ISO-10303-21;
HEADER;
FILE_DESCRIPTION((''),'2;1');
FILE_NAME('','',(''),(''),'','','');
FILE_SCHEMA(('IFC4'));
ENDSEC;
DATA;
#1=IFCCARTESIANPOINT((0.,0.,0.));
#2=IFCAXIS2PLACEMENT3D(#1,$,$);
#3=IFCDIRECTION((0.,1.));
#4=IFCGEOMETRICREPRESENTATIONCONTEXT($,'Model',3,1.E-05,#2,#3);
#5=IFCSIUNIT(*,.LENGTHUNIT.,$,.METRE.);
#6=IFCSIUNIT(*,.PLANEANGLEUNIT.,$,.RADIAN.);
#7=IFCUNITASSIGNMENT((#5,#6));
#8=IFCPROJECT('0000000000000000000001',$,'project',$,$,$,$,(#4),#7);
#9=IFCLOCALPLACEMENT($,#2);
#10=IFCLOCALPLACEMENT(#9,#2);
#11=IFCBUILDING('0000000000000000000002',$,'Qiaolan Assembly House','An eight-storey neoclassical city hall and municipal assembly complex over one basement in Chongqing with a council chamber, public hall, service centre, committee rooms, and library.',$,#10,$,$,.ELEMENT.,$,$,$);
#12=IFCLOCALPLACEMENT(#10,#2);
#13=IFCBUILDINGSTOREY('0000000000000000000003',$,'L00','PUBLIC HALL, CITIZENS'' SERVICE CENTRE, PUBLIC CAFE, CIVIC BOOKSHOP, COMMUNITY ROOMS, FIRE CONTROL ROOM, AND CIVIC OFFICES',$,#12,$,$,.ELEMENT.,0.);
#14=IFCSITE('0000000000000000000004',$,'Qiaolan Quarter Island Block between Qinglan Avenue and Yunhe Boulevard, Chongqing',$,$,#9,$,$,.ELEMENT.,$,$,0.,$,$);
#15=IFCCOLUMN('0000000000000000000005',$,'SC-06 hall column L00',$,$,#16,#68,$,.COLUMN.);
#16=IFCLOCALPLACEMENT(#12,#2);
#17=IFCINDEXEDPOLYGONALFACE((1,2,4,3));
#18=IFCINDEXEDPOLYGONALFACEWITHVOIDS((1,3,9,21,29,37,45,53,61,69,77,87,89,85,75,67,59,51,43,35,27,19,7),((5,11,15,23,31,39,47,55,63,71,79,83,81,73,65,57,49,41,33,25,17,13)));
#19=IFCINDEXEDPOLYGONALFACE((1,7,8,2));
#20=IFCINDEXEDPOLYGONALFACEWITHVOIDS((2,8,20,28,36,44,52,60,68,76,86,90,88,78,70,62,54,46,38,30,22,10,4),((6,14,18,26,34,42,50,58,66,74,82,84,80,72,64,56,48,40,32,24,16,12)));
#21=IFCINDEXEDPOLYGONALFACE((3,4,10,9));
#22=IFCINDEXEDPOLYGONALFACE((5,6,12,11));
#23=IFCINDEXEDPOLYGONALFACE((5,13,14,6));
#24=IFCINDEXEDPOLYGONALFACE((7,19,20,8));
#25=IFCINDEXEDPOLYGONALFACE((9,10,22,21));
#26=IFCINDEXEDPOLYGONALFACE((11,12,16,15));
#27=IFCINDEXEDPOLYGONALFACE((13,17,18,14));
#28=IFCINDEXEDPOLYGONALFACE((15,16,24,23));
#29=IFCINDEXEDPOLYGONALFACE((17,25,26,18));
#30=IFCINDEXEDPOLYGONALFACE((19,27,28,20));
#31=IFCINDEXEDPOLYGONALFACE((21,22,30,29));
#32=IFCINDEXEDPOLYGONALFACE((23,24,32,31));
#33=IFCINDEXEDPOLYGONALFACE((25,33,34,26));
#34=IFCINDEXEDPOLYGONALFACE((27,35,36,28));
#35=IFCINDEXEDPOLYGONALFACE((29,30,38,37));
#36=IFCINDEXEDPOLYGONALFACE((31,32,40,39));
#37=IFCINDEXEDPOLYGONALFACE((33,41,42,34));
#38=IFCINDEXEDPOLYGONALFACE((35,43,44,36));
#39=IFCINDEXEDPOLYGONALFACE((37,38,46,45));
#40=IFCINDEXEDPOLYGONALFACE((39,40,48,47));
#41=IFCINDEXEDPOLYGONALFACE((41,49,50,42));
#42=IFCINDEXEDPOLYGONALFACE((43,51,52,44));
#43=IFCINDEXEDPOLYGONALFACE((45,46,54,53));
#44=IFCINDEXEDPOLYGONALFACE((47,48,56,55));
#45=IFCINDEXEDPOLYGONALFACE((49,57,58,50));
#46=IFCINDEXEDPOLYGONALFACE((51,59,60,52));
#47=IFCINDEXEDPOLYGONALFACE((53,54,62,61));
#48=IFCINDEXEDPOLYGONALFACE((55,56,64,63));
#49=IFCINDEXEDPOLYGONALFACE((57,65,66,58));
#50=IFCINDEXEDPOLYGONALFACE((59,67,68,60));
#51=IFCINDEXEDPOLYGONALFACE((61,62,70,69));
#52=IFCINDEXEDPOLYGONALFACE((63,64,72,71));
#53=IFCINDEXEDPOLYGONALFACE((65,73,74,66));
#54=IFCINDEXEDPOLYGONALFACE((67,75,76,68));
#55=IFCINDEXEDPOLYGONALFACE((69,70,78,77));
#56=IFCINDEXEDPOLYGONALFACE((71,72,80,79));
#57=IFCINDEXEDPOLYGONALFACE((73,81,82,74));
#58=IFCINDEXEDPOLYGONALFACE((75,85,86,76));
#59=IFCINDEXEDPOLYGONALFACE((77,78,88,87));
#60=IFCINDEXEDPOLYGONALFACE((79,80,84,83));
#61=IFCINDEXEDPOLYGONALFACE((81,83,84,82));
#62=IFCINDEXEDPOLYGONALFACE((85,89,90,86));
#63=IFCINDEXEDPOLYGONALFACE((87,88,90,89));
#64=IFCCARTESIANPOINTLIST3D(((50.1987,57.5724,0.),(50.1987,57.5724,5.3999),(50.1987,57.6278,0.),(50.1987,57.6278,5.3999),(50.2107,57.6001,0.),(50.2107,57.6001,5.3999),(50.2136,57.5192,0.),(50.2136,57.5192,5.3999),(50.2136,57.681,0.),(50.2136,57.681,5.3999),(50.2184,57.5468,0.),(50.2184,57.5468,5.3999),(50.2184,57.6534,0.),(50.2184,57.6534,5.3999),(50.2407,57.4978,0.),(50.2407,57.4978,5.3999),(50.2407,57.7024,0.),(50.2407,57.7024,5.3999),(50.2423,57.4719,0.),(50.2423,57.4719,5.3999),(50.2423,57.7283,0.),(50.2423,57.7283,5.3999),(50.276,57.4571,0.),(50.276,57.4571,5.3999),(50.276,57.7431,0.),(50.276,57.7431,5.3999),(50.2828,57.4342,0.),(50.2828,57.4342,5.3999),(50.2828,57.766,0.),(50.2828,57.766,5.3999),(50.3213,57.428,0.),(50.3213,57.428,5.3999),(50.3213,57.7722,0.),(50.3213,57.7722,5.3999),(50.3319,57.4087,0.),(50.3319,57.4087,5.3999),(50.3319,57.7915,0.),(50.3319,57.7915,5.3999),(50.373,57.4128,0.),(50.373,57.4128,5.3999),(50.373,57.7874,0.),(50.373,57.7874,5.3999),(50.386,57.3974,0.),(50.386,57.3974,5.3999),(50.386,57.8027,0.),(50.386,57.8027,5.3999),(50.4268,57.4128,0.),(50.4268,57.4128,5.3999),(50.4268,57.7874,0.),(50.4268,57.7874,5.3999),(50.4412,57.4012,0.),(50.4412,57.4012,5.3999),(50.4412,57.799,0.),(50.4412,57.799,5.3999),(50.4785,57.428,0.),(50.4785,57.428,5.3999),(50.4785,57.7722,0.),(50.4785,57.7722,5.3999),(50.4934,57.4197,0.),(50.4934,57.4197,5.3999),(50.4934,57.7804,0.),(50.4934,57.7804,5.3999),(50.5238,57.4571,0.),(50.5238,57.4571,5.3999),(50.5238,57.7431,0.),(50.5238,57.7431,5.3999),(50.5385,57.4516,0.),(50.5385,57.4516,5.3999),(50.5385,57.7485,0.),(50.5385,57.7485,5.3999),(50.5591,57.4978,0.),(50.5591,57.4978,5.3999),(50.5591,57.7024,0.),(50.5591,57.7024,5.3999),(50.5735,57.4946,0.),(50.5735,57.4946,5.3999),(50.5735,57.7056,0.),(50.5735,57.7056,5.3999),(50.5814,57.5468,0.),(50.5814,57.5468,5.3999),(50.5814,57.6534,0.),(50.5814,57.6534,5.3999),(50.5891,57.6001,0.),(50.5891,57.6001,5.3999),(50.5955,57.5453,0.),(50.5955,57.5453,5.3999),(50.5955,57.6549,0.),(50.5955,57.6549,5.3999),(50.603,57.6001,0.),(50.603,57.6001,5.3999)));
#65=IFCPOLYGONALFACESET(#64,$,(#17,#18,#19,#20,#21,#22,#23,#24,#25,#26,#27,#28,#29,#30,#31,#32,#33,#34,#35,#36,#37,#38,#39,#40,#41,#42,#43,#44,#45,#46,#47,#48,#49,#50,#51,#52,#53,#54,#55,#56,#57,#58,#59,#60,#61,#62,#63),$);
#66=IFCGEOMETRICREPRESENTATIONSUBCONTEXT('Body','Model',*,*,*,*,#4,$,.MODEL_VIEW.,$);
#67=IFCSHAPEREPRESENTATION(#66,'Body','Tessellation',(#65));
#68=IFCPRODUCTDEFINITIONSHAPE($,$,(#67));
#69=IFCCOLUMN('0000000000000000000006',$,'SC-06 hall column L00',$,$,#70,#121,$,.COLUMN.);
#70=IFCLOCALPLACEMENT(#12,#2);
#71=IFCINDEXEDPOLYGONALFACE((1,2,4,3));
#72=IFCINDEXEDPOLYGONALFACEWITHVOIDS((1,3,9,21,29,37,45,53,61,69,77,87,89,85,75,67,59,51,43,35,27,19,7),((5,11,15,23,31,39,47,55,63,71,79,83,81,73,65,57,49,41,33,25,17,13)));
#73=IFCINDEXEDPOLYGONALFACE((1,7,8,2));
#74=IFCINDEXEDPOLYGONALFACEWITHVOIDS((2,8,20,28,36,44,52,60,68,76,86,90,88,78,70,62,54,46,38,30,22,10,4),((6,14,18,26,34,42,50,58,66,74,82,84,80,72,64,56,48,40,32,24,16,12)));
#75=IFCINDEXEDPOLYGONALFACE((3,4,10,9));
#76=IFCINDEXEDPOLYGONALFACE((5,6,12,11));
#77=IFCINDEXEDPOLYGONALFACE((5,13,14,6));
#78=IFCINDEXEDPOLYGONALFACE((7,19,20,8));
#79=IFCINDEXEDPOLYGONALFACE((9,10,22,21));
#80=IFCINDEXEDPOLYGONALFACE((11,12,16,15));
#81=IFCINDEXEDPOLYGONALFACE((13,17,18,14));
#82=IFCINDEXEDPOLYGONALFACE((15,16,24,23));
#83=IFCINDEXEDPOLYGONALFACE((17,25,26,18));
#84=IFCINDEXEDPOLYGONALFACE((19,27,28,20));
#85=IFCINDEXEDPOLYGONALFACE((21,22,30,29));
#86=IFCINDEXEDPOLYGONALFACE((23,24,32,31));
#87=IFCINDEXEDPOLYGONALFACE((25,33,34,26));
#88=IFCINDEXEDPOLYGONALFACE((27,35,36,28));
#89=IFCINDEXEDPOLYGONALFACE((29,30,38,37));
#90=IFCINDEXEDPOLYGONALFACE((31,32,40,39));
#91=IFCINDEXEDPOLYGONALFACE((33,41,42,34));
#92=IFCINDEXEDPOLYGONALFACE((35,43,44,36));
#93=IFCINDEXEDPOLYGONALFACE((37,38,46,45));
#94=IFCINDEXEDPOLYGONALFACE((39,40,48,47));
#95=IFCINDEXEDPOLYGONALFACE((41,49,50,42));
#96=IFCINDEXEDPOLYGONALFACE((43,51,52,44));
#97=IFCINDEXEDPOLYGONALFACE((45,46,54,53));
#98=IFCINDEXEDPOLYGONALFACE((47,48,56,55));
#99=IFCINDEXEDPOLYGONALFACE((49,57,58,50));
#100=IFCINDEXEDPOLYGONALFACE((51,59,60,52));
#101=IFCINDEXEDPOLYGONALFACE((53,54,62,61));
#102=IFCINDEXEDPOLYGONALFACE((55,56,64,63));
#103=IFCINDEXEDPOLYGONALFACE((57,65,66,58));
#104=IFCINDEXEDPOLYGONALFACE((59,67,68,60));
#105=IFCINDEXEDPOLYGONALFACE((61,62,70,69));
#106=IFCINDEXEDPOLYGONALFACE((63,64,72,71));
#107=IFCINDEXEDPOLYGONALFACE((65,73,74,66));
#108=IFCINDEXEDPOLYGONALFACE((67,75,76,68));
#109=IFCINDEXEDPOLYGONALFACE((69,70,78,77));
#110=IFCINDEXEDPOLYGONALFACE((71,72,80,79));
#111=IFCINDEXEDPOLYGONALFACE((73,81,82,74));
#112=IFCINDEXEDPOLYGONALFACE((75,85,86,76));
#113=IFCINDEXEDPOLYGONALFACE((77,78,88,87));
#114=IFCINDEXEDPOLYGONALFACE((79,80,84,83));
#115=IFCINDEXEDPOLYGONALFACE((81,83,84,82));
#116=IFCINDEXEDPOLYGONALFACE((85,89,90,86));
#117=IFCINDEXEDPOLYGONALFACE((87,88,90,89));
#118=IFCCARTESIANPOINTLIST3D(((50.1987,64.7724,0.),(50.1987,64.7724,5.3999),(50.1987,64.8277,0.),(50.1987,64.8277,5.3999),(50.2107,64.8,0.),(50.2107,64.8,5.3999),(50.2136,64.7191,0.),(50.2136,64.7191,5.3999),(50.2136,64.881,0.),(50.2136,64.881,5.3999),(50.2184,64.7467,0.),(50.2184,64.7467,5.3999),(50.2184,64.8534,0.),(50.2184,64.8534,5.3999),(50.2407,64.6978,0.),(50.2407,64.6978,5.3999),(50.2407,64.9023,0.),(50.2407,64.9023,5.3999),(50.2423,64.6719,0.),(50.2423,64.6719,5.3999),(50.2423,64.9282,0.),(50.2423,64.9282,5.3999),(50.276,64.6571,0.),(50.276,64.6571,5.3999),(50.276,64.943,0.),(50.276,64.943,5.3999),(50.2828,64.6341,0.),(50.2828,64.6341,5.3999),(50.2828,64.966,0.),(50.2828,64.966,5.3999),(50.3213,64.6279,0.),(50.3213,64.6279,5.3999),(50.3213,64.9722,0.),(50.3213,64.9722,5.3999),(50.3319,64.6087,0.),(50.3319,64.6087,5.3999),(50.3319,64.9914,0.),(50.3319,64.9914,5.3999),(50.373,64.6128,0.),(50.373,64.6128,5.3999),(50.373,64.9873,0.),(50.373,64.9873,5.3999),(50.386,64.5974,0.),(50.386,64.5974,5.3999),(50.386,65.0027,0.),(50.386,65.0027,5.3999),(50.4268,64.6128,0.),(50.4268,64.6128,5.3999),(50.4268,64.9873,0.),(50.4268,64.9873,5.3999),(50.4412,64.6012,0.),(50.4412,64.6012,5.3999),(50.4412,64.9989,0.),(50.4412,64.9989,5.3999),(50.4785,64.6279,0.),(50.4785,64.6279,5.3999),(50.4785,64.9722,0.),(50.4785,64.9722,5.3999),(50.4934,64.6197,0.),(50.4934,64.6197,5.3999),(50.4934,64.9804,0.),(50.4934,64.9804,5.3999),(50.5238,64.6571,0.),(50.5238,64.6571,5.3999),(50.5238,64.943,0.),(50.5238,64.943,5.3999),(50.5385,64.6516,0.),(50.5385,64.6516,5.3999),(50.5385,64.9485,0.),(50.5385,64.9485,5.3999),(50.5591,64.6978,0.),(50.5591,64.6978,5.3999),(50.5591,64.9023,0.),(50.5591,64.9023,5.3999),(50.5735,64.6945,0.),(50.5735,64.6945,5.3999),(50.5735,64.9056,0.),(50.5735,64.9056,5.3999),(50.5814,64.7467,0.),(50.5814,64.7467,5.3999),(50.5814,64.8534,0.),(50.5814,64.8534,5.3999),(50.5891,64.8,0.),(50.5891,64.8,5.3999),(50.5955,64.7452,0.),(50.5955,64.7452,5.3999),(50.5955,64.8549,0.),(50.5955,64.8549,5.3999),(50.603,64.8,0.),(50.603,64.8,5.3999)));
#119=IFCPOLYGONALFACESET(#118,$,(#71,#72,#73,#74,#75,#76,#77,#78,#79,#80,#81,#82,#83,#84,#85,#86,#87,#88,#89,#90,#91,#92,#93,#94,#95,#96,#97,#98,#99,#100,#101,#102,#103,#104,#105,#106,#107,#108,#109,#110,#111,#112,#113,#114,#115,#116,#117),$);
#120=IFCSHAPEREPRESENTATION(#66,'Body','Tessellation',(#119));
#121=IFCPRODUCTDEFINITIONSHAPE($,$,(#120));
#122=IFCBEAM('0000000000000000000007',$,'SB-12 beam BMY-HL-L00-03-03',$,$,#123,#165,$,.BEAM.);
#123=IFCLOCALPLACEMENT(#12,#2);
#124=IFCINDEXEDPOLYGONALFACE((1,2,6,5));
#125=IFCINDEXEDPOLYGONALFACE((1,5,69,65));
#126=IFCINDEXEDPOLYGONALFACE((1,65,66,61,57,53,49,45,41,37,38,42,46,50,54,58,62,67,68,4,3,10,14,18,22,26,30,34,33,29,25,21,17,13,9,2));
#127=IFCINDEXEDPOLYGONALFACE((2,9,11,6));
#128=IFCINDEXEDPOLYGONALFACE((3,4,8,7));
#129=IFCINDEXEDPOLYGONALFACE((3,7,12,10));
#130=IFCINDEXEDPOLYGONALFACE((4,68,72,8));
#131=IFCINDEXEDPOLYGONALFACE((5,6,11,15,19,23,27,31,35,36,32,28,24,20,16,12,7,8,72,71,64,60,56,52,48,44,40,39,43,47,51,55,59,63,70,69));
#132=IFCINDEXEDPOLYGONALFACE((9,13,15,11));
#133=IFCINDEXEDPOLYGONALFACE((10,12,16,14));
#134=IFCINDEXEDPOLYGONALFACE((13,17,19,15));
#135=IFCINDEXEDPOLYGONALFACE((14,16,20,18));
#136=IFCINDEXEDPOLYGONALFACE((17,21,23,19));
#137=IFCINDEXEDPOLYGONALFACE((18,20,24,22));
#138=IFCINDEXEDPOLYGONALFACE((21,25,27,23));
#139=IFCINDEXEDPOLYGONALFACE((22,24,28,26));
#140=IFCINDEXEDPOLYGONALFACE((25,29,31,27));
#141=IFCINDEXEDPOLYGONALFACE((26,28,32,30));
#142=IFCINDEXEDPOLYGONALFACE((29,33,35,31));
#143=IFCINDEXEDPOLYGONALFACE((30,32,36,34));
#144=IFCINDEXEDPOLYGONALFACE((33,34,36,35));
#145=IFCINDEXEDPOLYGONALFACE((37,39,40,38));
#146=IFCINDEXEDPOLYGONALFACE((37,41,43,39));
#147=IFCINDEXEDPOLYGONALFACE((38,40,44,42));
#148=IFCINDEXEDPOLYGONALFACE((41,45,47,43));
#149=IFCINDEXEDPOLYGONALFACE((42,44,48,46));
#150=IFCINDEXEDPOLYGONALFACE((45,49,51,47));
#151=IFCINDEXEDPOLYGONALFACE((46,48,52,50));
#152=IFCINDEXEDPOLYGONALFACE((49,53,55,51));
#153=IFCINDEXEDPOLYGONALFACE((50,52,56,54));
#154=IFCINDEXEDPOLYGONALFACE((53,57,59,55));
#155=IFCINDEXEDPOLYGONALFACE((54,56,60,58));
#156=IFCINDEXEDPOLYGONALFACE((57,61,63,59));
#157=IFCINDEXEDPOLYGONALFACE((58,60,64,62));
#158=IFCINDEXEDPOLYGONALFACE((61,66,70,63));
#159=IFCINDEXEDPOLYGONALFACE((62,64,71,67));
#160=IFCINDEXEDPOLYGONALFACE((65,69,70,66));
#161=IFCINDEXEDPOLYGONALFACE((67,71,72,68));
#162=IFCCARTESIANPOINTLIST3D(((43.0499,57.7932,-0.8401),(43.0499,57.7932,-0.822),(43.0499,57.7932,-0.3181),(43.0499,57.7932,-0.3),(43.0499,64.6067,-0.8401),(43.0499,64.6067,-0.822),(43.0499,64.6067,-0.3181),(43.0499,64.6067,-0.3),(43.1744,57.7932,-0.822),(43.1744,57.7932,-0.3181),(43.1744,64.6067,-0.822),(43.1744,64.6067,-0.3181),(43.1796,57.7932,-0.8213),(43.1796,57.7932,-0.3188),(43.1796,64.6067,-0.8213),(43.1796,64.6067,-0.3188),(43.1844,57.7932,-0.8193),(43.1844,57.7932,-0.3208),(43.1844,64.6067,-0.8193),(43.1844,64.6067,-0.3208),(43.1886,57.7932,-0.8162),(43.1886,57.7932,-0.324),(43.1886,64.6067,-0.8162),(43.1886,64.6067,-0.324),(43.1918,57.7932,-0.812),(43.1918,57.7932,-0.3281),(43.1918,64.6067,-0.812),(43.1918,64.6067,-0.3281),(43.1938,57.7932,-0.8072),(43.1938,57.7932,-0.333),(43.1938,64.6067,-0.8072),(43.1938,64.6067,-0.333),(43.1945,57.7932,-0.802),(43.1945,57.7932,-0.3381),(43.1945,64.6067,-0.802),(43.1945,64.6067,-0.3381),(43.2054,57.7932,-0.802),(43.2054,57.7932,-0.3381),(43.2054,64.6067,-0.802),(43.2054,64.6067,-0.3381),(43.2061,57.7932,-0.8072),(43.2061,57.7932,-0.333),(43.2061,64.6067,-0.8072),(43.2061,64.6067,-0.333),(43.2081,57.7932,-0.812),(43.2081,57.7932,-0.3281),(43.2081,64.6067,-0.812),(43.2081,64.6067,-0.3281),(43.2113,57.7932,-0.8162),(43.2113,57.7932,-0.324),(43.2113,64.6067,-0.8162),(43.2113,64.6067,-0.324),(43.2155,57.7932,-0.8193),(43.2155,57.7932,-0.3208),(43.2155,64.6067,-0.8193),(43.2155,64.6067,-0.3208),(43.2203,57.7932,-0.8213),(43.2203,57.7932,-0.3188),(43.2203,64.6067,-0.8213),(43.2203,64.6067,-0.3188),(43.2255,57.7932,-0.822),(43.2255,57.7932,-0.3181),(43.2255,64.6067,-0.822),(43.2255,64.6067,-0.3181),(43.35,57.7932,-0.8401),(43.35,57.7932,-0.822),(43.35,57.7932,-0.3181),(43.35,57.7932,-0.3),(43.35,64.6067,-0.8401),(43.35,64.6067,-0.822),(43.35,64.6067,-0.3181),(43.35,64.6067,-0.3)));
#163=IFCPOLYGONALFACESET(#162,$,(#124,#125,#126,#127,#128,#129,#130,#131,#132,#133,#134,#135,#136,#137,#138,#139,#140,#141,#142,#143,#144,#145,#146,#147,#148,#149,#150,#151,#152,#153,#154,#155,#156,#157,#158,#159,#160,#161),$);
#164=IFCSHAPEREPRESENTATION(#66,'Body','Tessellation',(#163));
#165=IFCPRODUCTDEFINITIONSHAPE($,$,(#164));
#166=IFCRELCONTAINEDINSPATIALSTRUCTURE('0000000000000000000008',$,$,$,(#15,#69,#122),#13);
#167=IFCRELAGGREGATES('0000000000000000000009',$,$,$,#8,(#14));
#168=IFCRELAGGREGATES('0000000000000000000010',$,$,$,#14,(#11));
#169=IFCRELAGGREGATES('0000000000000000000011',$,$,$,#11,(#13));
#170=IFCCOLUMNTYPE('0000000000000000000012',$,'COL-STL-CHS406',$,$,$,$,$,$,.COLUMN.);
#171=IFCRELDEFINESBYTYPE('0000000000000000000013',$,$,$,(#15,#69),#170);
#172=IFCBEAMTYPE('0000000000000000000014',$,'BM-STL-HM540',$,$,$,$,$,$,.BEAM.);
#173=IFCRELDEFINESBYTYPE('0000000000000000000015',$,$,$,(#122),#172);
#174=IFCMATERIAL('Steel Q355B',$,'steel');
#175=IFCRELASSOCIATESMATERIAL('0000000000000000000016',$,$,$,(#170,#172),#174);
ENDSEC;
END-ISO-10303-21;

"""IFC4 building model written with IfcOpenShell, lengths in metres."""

from ifc_helpers import new_model, si_unit, direction, frame, origin, origin_2d, place, context, subcontext, project, spatial, hollow_circle, i_section, extrude, material, material_profile, profile_set, type_object, element, save


model = new_model("IFC4")

# Units and contexts
model_context = context("Model", 3, precision=1e-05, world=origin(), true_north=direction((0.0, 1.0)))
body_context = subcontext(model_context, "Body", "Model", "MODEL_VIEW")
ifc_project = project(units=[si_unit("LENGTHUNIT", "METRE"), si_unit("PLANEANGLEUNIT", "RADIAN")], contexts=[model_context])

# Site, building, storey
site_placement = place(None, origin())
site = spatial("IfcSite", under=ifc_project, at=site_placement, Name="Qiaolan Quarter Island Block between Qinglan Avenue and Yunhe Boulevard, Chongqing", CompositionType="ELEMENT", RefElevation=0.0)
building_placement = place(site_placement, origin())
building = spatial("IfcBuilding", under=site, at=building_placement, Name="Qiaolan Assembly House", Description="An eight-storey neoclassical city hall and municipal assembly complex over one basement in Chongqing with a council chamber, public hall, service centre, committee rooms, and library.", CompositionType="ELEMENT")
storey_placement = place(building_placement, origin())
storey = spatial("IfcBuildingStorey", under=building, at=storey_placement, Name="L00", Description="PUBLIC HALL, CITIZENS' SERVICE CENTRE, PUBLIC CAFE, CIVIC BOOKSHOP, COMMUNITY ROOMS, FIRE CONTROL ROOM, AND CIVIC OFFICES", CompositionType="ELEMENT", Elevation=0.0)

# Columns
ifc_material_1 = material(Name="Steel Q355B", Category="steel")
ifc_material_profile_1 = material_profile(ifc_material_1, hollow_circle(Radius=0.2031, WallThickness=0.0139, at=origin_2d()), Name="CHS 406.4x14")
ifc_profile_set_1 = profile_set([ifc_material_profile_1], Name="Steel Q355B")
column_type_1 = type_object("IfcColumnType", Name="COL-STL-CHS406", PredefinedType="COLUMN", material=ifc_profile_set_1)
for number, where, z_axis, x_axis, name in (
    (1, (50.3999, 57.6001, 0.0), (0.0, 0.0, 1.0), (1.0, 0.0, 0.0), "SC-06 hall column L00"),
    (2, (50.3999, 64.8, 0.0), (0.0, 0.0, 1.0), (1.0, 0.0, 0.0), "SC-06 hall column L00"),
):
    element("IfcColumn", number, at=place(storey_placement, frame(where, z_axis=z_axis, x_axis=x_axis)), inside=storey, type_object=column_type_1, Name=name, PredefinedType="COLUMN", context=body_context, shape_type="SweptSolid", body=[
        extrude(hollow_circle(Radius=0.2031, WallThickness=0.0139, at=origin_2d()), origin(), (0.0, 0.0, 1.0), 5.3999),
    ])

# Beam
ifc_material_profile_2 = material_profile(ifc_material_1, i_section(OverallWidth=0.3, OverallDepth=0.54, WebThickness=0.011, FlangeThickness=0.0181, FilletRadius=0.02, at=origin_2d()), Name="HM 540x300x11x18")
ifc_profile_set_2 = profile_set([ifc_material_profile_2], Name="Steel Q355B")
beam_type_1 = type_object("IfcBeamType", Name="BM-STL-HM540", PredefinedType="BEAM", material=ifc_profile_set_2)
for number, where, z_axis, x_axis, name in (
    (3, (43.2, 57.7932, -0.5701), (0.0, 1.0, 0.0), (-1.0, 0.0, 0.0), "SB-12 beam BMY-HL-L00-03-03"),
):
    element("IfcBeam", number, at=place(storey_placement, frame(where, z_axis=z_axis, x_axis=x_axis)), inside=storey, type_object=beam_type_1, Name=name, PredefinedType="BEAM", context=body_context, shape_type="SweptSolid", body=[
        extrude(i_section(OverallWidth=0.3, OverallDepth=0.54, WebThickness=0.011, FlangeThickness=0.0181, FilletRadius=0.02, at=origin_2d()), origin(), (0.0, 0.0, 1.0), 6.8135),
    ])

save(model, "model.ifc")
